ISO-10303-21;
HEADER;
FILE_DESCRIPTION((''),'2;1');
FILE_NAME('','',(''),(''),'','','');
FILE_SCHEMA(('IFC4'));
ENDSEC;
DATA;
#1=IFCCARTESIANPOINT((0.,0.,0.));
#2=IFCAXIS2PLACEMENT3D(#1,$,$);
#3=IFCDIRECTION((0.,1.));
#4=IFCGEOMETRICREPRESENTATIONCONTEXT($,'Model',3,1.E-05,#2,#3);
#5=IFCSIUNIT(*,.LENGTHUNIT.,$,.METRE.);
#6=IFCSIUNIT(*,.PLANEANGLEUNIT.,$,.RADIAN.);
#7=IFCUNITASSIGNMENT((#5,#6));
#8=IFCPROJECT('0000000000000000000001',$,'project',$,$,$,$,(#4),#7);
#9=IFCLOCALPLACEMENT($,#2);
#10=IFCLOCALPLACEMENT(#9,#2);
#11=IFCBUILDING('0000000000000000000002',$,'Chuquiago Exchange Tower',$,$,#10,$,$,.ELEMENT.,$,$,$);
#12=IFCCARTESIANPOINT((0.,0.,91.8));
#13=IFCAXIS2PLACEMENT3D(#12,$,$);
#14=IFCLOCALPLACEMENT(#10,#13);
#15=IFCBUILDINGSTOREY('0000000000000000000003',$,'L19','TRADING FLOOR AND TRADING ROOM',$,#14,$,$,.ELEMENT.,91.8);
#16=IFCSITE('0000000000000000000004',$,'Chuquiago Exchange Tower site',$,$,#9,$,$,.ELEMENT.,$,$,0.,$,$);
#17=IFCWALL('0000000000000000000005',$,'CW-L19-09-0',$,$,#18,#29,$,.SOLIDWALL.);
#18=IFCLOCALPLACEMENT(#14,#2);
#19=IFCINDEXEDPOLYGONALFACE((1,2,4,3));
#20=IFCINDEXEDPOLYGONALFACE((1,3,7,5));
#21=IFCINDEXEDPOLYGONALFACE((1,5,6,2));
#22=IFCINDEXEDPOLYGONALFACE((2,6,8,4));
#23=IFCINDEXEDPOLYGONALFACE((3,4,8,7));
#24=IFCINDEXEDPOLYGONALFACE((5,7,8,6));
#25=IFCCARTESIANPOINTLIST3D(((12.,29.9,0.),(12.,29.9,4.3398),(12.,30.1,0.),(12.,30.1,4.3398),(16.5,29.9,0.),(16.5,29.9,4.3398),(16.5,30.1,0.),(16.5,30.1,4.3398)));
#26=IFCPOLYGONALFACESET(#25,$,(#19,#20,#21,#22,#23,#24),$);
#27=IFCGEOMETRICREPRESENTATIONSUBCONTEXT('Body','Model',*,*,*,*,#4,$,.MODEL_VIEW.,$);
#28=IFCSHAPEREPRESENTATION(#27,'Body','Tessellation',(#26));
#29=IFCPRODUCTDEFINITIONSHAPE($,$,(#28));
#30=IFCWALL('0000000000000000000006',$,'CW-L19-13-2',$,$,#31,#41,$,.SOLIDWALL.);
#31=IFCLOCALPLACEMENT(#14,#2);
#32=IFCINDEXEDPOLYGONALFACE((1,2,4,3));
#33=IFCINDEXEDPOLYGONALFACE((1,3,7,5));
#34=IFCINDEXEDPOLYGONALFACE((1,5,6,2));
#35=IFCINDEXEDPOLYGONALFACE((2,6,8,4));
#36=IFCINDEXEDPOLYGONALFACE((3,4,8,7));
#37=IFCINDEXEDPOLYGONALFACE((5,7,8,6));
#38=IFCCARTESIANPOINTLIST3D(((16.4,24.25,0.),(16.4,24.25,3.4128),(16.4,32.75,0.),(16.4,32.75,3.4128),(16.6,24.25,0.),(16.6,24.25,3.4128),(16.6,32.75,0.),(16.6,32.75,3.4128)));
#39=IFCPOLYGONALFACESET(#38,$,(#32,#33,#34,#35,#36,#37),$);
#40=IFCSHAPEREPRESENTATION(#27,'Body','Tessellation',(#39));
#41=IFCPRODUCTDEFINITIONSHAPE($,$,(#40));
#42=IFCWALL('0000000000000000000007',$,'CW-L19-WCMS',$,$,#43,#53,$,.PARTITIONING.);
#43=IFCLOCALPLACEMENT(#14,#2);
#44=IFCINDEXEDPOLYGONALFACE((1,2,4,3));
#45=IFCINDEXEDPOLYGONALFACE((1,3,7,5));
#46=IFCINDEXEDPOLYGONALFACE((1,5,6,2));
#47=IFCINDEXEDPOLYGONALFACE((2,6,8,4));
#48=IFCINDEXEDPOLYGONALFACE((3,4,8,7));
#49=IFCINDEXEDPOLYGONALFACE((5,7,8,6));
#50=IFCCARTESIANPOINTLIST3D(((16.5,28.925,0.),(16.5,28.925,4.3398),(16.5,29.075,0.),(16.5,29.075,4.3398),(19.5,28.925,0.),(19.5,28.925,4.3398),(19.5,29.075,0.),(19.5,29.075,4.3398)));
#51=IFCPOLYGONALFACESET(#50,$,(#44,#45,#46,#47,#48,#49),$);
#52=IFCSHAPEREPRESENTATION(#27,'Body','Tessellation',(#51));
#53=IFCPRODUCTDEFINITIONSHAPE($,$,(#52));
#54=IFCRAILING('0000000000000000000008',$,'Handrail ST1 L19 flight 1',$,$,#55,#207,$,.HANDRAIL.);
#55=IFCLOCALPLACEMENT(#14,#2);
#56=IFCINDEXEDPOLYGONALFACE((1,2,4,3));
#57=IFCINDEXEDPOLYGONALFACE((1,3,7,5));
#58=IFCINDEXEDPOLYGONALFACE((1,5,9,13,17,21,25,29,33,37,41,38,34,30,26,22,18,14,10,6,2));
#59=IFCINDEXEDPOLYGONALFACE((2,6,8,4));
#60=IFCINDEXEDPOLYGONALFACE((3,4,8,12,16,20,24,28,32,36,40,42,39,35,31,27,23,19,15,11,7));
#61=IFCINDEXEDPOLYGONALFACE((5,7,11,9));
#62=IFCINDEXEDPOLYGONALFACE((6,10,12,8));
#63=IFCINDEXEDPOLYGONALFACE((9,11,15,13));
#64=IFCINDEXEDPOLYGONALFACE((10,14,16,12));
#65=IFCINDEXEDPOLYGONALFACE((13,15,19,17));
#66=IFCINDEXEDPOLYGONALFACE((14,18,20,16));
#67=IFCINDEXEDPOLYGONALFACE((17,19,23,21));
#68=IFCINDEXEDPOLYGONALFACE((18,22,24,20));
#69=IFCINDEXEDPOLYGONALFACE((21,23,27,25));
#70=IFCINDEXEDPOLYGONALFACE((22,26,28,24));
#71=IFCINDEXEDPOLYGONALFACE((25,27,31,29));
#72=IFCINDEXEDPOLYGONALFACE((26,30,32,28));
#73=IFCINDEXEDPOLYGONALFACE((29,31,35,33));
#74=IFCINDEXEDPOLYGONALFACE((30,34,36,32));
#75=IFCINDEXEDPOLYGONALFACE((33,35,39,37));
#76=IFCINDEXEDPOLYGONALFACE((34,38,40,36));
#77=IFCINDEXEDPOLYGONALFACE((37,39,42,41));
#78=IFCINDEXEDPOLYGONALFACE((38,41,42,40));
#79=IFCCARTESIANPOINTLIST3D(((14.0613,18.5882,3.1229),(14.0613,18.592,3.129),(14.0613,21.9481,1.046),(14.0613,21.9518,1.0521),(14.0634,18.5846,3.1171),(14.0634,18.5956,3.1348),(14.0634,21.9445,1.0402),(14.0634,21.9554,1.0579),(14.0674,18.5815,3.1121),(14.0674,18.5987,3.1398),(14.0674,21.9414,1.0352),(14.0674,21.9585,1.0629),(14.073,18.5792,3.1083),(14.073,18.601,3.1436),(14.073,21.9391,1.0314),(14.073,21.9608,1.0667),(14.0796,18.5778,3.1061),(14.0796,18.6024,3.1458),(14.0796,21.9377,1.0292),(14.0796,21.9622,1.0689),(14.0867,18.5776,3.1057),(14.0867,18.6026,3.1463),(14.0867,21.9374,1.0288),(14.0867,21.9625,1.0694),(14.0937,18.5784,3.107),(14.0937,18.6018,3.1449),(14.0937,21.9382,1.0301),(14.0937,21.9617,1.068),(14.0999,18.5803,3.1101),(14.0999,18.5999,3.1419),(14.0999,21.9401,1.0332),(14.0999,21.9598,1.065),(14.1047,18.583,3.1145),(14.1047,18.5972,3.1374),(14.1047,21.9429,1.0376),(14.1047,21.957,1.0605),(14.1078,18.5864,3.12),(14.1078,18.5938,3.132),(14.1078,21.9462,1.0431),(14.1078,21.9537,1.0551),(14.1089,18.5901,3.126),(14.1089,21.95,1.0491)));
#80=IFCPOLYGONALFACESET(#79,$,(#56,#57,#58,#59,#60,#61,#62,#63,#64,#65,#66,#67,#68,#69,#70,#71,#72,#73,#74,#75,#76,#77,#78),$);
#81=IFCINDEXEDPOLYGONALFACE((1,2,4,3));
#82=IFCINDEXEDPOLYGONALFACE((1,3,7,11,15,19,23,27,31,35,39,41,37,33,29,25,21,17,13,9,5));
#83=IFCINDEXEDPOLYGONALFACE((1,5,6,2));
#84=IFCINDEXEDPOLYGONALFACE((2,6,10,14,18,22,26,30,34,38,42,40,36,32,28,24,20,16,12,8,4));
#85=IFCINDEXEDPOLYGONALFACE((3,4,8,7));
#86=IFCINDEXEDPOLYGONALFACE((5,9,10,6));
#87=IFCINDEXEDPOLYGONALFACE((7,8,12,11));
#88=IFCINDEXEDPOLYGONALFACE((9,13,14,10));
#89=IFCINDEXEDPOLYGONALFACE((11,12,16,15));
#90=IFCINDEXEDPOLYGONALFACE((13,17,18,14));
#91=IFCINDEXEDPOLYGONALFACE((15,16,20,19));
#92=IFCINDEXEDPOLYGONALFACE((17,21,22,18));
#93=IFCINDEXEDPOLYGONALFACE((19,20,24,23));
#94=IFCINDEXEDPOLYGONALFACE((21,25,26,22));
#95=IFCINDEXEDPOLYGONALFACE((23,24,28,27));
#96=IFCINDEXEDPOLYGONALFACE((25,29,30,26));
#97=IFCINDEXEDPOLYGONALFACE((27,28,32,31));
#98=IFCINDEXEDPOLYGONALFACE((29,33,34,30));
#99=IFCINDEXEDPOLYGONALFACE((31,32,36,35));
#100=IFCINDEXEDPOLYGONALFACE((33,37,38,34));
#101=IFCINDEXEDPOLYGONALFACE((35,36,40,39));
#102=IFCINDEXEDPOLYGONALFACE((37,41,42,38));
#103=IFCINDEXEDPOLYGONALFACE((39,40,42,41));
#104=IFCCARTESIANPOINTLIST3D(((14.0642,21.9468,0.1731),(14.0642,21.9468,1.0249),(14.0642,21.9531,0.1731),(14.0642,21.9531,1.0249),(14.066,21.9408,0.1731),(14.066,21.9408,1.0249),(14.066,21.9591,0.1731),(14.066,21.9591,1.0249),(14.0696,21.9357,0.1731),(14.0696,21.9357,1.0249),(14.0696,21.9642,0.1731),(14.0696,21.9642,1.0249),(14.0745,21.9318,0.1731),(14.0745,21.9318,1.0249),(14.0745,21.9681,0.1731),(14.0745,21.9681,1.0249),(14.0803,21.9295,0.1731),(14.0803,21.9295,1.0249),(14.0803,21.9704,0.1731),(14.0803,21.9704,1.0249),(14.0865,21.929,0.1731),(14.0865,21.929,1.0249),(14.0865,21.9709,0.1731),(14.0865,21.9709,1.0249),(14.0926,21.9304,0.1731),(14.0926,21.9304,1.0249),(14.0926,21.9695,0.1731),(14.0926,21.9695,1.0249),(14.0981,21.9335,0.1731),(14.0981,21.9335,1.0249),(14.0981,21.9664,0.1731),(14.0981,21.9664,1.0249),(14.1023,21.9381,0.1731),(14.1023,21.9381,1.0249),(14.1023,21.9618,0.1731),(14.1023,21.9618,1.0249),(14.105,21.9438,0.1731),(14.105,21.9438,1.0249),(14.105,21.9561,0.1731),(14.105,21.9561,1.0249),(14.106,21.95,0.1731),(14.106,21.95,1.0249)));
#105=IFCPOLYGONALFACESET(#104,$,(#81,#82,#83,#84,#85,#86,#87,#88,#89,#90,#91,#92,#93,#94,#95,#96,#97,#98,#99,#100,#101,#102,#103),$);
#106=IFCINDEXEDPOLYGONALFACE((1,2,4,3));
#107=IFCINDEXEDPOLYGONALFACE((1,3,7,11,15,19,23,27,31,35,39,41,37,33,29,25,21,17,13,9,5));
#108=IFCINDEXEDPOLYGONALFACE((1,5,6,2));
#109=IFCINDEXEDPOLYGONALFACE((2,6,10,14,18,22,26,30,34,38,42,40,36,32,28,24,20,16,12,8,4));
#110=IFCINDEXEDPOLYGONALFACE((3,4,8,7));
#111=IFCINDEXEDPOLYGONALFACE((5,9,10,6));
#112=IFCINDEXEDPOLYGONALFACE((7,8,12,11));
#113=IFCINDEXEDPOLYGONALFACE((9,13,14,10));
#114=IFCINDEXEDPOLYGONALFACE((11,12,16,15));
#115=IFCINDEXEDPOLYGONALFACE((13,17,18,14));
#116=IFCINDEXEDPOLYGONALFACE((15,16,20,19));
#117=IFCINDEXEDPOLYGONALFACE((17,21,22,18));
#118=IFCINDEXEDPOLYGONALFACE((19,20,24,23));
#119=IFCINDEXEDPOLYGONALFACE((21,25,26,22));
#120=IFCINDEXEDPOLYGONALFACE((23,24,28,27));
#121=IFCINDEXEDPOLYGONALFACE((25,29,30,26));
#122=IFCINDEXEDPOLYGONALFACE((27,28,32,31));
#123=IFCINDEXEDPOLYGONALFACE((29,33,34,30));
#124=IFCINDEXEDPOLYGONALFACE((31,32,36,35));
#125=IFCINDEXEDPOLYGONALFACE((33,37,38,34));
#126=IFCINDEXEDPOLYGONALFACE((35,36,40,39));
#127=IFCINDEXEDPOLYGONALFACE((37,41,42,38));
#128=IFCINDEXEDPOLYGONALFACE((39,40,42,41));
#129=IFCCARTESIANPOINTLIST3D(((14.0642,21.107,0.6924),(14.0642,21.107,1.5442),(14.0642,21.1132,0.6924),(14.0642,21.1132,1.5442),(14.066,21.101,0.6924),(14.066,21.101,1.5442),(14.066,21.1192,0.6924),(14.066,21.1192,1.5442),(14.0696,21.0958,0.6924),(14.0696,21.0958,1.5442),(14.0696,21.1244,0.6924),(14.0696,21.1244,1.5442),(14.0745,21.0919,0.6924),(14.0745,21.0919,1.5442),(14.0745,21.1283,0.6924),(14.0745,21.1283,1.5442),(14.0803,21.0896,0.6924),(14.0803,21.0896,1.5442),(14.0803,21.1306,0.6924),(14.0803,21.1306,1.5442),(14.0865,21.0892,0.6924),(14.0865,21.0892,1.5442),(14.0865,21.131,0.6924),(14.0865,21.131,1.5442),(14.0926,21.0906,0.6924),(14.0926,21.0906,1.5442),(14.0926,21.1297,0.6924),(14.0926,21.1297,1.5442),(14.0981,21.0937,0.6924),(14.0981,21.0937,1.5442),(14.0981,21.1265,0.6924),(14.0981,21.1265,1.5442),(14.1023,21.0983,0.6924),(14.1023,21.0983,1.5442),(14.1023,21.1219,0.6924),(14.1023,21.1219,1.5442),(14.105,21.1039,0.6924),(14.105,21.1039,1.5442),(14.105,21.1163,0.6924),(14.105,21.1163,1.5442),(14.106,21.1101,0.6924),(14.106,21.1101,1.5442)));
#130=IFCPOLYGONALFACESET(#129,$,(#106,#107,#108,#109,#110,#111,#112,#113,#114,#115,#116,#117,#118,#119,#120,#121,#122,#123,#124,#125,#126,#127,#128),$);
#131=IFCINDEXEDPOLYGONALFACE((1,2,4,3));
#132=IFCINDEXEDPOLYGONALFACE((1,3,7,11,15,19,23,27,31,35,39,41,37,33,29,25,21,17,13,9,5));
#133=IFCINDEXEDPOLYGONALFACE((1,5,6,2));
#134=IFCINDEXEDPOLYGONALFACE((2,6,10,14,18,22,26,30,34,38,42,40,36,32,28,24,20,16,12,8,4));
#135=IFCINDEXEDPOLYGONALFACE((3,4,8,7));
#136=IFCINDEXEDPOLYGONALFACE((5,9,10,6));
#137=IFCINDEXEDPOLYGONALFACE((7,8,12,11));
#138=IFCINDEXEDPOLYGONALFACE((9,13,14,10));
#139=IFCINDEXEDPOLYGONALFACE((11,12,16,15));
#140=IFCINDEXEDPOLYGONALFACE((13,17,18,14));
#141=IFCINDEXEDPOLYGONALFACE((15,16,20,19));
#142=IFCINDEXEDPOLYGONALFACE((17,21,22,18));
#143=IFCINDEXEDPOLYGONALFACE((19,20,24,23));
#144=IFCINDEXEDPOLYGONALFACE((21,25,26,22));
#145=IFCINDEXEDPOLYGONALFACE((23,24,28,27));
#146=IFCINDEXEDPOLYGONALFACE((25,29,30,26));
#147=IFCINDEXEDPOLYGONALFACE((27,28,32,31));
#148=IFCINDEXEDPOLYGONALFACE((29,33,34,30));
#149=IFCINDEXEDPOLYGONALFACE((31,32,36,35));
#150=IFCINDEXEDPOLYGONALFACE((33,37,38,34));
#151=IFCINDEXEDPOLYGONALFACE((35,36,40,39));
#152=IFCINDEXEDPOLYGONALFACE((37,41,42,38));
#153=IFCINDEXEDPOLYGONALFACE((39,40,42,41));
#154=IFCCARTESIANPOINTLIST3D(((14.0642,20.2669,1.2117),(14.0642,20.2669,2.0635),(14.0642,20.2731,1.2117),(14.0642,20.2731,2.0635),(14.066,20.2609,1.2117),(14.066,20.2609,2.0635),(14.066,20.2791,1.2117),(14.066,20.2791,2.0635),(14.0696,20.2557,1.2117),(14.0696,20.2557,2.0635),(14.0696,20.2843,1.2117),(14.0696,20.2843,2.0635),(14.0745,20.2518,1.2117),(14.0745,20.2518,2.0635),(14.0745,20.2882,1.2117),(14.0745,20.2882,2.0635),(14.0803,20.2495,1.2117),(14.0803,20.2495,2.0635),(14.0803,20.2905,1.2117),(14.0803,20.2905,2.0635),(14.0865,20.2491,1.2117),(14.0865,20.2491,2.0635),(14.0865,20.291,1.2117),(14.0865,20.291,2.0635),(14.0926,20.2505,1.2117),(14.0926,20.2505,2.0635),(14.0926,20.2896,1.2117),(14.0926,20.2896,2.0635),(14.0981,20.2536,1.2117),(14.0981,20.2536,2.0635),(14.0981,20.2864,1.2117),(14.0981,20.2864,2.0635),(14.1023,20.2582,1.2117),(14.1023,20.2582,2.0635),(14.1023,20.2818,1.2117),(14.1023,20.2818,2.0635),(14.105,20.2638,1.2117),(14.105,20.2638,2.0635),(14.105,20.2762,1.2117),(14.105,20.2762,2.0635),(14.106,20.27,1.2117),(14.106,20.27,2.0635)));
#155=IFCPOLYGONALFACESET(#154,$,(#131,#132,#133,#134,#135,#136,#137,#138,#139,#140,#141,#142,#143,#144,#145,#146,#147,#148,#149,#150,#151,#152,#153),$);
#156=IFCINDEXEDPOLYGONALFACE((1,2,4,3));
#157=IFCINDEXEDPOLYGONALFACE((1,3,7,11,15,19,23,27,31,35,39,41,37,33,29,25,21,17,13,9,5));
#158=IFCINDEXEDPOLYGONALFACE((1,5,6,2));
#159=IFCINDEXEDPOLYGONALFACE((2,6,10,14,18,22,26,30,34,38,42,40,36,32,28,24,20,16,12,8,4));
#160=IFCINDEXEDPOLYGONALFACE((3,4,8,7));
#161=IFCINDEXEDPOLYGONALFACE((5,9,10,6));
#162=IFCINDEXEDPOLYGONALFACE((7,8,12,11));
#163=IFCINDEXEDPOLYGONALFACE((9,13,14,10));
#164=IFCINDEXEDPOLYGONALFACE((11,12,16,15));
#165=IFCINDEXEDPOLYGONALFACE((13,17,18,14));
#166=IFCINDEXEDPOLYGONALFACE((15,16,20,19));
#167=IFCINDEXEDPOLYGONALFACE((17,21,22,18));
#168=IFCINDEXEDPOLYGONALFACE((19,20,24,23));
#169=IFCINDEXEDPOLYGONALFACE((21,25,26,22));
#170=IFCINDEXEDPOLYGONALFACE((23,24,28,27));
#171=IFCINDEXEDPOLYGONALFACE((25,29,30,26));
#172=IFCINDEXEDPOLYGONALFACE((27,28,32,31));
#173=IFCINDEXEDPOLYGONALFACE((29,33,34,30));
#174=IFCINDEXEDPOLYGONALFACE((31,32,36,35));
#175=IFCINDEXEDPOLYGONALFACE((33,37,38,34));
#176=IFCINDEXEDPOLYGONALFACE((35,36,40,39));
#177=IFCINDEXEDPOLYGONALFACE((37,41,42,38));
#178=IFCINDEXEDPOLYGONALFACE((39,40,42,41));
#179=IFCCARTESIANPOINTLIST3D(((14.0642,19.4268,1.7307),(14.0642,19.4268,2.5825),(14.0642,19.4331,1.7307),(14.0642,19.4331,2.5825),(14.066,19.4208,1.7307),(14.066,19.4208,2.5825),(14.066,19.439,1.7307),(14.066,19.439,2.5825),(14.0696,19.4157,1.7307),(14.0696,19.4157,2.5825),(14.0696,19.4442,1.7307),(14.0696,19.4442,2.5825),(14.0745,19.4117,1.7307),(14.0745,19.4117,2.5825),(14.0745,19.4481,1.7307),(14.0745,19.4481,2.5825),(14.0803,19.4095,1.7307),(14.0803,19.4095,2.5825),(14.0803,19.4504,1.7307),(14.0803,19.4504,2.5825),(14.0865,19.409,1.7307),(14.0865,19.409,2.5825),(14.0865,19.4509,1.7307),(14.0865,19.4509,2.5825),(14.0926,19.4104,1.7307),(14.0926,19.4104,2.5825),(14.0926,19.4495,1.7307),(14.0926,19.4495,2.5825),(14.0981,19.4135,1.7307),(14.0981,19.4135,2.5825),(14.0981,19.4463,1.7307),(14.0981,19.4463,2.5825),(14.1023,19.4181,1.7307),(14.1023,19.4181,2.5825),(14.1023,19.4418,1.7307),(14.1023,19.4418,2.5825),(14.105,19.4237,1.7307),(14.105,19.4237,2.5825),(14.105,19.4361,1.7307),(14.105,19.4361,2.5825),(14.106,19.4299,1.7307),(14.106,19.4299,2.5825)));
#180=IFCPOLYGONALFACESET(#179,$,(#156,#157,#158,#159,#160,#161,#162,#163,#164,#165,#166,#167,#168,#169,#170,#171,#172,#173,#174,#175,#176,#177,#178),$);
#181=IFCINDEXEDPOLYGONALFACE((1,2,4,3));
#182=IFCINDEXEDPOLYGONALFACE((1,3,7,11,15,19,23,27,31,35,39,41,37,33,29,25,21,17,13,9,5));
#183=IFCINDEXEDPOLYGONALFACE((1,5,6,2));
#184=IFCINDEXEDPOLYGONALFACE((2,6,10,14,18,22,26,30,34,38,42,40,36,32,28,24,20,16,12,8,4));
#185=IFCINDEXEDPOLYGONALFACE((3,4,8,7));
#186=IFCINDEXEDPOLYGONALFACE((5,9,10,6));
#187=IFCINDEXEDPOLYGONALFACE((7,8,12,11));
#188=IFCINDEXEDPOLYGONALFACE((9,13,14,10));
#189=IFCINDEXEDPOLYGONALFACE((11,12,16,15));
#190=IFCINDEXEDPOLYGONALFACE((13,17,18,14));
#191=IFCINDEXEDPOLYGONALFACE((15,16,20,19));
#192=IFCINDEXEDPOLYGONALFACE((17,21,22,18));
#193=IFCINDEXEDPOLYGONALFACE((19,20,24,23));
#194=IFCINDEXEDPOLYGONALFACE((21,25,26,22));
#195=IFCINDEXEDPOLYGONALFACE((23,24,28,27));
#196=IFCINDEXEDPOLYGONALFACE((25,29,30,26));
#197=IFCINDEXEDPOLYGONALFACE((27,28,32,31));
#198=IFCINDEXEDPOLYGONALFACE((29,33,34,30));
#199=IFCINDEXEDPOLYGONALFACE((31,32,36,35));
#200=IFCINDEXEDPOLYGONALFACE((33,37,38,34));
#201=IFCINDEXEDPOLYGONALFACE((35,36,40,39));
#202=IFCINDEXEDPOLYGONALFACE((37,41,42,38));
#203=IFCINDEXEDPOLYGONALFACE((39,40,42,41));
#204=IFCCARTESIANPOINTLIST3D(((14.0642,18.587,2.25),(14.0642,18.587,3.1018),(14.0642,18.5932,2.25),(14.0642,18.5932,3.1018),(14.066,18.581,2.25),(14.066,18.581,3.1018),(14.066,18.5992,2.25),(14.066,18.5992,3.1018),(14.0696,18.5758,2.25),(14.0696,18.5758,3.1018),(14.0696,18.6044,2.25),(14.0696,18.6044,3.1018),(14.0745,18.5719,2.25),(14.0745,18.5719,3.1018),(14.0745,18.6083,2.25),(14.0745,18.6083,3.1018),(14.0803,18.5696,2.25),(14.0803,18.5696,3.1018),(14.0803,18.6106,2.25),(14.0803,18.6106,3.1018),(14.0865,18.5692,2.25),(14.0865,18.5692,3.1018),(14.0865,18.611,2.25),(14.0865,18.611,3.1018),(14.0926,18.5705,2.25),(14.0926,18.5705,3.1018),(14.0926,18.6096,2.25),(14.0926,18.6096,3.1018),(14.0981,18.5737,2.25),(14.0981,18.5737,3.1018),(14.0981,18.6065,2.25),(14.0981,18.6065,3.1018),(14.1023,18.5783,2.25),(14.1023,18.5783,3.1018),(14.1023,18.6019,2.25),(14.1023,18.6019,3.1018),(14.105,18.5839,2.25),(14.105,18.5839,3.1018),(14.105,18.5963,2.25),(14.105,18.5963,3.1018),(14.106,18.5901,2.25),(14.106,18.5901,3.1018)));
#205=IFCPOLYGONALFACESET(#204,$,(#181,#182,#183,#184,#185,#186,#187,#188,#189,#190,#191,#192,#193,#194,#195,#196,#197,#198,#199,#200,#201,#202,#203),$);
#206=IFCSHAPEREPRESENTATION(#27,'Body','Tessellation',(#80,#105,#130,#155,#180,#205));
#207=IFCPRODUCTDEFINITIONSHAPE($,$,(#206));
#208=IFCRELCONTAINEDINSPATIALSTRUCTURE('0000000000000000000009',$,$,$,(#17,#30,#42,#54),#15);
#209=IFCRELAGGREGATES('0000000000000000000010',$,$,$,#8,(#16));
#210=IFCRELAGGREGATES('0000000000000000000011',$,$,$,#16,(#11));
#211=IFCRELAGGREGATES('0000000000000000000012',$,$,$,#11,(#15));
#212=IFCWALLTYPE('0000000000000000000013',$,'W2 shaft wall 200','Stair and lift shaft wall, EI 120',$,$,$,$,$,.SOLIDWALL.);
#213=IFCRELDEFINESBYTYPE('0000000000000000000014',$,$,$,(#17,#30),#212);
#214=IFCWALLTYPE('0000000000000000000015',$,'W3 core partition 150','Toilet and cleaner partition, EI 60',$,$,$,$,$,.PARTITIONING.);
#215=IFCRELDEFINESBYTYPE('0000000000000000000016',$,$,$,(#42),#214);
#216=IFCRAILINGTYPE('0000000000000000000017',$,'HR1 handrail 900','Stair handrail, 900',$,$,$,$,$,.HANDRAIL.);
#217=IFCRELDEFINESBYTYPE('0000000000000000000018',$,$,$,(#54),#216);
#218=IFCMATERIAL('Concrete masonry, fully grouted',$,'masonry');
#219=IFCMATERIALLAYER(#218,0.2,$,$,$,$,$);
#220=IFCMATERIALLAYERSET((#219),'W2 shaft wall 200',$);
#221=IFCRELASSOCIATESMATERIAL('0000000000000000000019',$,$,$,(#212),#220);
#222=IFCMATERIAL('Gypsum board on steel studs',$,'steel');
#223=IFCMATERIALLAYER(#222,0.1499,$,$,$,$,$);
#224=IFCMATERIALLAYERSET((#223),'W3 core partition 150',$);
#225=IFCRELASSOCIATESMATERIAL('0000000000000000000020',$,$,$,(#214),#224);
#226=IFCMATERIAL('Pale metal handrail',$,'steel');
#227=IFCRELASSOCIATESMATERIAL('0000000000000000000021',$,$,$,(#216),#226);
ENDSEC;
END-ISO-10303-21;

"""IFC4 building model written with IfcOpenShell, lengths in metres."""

from ifc_helpers import new_model, si_unit, direction, frame, frame_2d, origin, origin_2d, place, context, subcontext, project, spatial, rectangle, circle, extrude, material, layer, layer_set, type_object, element, save


model = new_model("IFC4")

# Units and contexts
model_context = context("Model", 3, precision=1e-05, world=origin(), true_north=direction((0.0, 1.0)))
body_context = subcontext(model_context, "Body", "Model", "MODEL_VIEW")
ifc_project = project(units=[si_unit("LENGTHUNIT", "METRE"), si_unit("PLANEANGLEUNIT", "RADIAN")], contexts=[model_context])

# Site, building, storey
site_placement = place(None, origin())
site = spatial("IfcSite", under=ifc_project, at=site_placement, Name="Chuquiago Exchange Tower site", CompositionType="ELEMENT", RefElevation=0.0)
building_placement = place(site_placement, origin())
building = spatial("IfcBuilding", under=site, at=building_placement, Name="Chuquiago Exchange Tower", CompositionType="ELEMENT")
storey_placement = place(building_placement, frame((0.0, 0.0, 91.8)))
storey = spatial("IfcBuildingStorey", under=building, at=storey_placement, Name="L19", Description="TRADING FLOOR AND TRADING ROOM", CompositionType="ELEMENT", Elevation=91.8)

# Shared definitions
ifc_material_1 = material(Name="Concrete masonry, fully grouted", Category="masonry")
ifc_layer_1 = layer(ifc_material_1, 0.2)
ifc_layer_set_1 = layer_set([ifc_layer_1], Name="W2 shaft wall 200")
wall_type_1 = type_object("IfcWallType", Name="W2 shaft wall 200", Description="Stair and lift shaft wall, EI 120", PredefinedType="SOLIDWALL", material=ifc_layer_set_1)

# Walls
wall_1_placement = place(storey_placement, frame((12.0, 30.0, 0.0), z_axis=(0.0, 0.0, 1.0), x_axis=(1.0, 0.0, 0.0)))
element("IfcWall", 1, at=wall_1_placement, inside=storey, type_object=wall_type_1, Name="CW-L19-09-0", PredefinedType="SOLIDWALL", context=body_context, shape_type="SweptSolid", body=[
    extrude(rectangle(XDim=4.5, YDim=0.2, at=frame_2d((2.25, 0.0))), origin(), (0.0, 0.0, 1.0), 4.3398),
])
wall_2_placement = place(storey_placement, frame((16.5, 24.25, 0.0), z_axis=(0.0, 0.0, 1.0), x_axis=(0.0, 1.0, 0.0)))
element("IfcWall", 2, at=wall_2_placement, inside=storey, type_object=wall_type_1, Name="CW-L19-13-2", PredefinedType="SOLIDWALL", context=body_context, shape_type="SweptSolid", body=[
    extrude(rectangle(XDim=8.5, YDim=0.2, at=frame_2d((4.25, 0.0))), origin(), (0.0, 0.0, 1.0), 3.4128),
])
ifc_material_2 = material(Name="Gypsum board on steel studs", Category="steel")
ifc_layer_2 = layer(ifc_material_2, 0.1499)
ifc_layer_set_2 = layer_set([ifc_layer_2], Name="W3 core partition 150")
wall_type_2 = type_object("IfcWallType", Name="W3 core partition 150", Description="Toilet and cleaner partition, EI 60", PredefinedType="PARTITIONING", material=ifc_layer_set_2)
wall_3_placement = place(storey_placement, frame((16.5, 29.0, 0.0), z_axis=(0.0, 0.0, 1.0), x_axis=(1.0, 0.0, 0.0)))
element("IfcWall", 3, at=wall_3_placement, inside=storey, type_object=wall_type_2, Name="CW-L19-WCMS", PredefinedType="PARTITIONING", context=body_context, shape_type="SweptSolid", body=[
    extrude(rectangle(XDim=3.0, YDim=0.1499, at=frame_2d((1.5, 0.0))), origin(), (0.0, 0.0, 1.0), 4.3398),
])

# Railing
ifc_material_3 = material(Name="Pale metal handrail", Category="steel")
railing_type = type_object("IfcRailingType", Name="HR1 handrail 900", Description="Stair handrail, 900", PredefinedType="HANDRAIL", material=ifc_material_3)
railing_placement = place(storey_placement, frame((14.085, 21.95, 0.1731)))
element("IfcRailing", 4, at=railing_placement, inside=storey, type_object=railing_type, Name="Handrail ST1 L19 flight 1", PredefinedType="HANDRAIL", context=body_context, shape_type="SweptSolid", body=[
    extrude(circle(Radius=0.0239, at=origin_2d()), frame((0.0, 0.0, 0.876), z_axis=(0.0, -0.850606, 0.525803), x_axis=(1.0, 0.0, 0.0)), (0.0, 0.0, 1.0), 3.95),
    extrude(circle(Radius=0.021, at=origin_2d()), origin(), (0.0, 0.0, 1.0), 0.8518),
    extrude(circle(Radius=0.021, at=origin_2d()), frame((0.0, -0.8398, 0.5193)), (0.0, 0.0, 1.0), 0.8518),
    extrude(circle(Radius=0.021, at=origin_2d()), frame((0.0, -1.6799, 1.0386)), (0.0, 0.0, 1.0), 0.8518),
    extrude(circle(Radius=0.021, at=origin_2d()), frame((0.0, -2.52, 1.5576)), (0.0, 0.0, 1.0), 0.8518),
    extrude(circle(Radius=0.021, at=origin_2d()), frame((0.0, -3.3599, 2.0769)), (0.0, 0.0, 1.0), 0.8518),
])

save(model, "model.ifc")
